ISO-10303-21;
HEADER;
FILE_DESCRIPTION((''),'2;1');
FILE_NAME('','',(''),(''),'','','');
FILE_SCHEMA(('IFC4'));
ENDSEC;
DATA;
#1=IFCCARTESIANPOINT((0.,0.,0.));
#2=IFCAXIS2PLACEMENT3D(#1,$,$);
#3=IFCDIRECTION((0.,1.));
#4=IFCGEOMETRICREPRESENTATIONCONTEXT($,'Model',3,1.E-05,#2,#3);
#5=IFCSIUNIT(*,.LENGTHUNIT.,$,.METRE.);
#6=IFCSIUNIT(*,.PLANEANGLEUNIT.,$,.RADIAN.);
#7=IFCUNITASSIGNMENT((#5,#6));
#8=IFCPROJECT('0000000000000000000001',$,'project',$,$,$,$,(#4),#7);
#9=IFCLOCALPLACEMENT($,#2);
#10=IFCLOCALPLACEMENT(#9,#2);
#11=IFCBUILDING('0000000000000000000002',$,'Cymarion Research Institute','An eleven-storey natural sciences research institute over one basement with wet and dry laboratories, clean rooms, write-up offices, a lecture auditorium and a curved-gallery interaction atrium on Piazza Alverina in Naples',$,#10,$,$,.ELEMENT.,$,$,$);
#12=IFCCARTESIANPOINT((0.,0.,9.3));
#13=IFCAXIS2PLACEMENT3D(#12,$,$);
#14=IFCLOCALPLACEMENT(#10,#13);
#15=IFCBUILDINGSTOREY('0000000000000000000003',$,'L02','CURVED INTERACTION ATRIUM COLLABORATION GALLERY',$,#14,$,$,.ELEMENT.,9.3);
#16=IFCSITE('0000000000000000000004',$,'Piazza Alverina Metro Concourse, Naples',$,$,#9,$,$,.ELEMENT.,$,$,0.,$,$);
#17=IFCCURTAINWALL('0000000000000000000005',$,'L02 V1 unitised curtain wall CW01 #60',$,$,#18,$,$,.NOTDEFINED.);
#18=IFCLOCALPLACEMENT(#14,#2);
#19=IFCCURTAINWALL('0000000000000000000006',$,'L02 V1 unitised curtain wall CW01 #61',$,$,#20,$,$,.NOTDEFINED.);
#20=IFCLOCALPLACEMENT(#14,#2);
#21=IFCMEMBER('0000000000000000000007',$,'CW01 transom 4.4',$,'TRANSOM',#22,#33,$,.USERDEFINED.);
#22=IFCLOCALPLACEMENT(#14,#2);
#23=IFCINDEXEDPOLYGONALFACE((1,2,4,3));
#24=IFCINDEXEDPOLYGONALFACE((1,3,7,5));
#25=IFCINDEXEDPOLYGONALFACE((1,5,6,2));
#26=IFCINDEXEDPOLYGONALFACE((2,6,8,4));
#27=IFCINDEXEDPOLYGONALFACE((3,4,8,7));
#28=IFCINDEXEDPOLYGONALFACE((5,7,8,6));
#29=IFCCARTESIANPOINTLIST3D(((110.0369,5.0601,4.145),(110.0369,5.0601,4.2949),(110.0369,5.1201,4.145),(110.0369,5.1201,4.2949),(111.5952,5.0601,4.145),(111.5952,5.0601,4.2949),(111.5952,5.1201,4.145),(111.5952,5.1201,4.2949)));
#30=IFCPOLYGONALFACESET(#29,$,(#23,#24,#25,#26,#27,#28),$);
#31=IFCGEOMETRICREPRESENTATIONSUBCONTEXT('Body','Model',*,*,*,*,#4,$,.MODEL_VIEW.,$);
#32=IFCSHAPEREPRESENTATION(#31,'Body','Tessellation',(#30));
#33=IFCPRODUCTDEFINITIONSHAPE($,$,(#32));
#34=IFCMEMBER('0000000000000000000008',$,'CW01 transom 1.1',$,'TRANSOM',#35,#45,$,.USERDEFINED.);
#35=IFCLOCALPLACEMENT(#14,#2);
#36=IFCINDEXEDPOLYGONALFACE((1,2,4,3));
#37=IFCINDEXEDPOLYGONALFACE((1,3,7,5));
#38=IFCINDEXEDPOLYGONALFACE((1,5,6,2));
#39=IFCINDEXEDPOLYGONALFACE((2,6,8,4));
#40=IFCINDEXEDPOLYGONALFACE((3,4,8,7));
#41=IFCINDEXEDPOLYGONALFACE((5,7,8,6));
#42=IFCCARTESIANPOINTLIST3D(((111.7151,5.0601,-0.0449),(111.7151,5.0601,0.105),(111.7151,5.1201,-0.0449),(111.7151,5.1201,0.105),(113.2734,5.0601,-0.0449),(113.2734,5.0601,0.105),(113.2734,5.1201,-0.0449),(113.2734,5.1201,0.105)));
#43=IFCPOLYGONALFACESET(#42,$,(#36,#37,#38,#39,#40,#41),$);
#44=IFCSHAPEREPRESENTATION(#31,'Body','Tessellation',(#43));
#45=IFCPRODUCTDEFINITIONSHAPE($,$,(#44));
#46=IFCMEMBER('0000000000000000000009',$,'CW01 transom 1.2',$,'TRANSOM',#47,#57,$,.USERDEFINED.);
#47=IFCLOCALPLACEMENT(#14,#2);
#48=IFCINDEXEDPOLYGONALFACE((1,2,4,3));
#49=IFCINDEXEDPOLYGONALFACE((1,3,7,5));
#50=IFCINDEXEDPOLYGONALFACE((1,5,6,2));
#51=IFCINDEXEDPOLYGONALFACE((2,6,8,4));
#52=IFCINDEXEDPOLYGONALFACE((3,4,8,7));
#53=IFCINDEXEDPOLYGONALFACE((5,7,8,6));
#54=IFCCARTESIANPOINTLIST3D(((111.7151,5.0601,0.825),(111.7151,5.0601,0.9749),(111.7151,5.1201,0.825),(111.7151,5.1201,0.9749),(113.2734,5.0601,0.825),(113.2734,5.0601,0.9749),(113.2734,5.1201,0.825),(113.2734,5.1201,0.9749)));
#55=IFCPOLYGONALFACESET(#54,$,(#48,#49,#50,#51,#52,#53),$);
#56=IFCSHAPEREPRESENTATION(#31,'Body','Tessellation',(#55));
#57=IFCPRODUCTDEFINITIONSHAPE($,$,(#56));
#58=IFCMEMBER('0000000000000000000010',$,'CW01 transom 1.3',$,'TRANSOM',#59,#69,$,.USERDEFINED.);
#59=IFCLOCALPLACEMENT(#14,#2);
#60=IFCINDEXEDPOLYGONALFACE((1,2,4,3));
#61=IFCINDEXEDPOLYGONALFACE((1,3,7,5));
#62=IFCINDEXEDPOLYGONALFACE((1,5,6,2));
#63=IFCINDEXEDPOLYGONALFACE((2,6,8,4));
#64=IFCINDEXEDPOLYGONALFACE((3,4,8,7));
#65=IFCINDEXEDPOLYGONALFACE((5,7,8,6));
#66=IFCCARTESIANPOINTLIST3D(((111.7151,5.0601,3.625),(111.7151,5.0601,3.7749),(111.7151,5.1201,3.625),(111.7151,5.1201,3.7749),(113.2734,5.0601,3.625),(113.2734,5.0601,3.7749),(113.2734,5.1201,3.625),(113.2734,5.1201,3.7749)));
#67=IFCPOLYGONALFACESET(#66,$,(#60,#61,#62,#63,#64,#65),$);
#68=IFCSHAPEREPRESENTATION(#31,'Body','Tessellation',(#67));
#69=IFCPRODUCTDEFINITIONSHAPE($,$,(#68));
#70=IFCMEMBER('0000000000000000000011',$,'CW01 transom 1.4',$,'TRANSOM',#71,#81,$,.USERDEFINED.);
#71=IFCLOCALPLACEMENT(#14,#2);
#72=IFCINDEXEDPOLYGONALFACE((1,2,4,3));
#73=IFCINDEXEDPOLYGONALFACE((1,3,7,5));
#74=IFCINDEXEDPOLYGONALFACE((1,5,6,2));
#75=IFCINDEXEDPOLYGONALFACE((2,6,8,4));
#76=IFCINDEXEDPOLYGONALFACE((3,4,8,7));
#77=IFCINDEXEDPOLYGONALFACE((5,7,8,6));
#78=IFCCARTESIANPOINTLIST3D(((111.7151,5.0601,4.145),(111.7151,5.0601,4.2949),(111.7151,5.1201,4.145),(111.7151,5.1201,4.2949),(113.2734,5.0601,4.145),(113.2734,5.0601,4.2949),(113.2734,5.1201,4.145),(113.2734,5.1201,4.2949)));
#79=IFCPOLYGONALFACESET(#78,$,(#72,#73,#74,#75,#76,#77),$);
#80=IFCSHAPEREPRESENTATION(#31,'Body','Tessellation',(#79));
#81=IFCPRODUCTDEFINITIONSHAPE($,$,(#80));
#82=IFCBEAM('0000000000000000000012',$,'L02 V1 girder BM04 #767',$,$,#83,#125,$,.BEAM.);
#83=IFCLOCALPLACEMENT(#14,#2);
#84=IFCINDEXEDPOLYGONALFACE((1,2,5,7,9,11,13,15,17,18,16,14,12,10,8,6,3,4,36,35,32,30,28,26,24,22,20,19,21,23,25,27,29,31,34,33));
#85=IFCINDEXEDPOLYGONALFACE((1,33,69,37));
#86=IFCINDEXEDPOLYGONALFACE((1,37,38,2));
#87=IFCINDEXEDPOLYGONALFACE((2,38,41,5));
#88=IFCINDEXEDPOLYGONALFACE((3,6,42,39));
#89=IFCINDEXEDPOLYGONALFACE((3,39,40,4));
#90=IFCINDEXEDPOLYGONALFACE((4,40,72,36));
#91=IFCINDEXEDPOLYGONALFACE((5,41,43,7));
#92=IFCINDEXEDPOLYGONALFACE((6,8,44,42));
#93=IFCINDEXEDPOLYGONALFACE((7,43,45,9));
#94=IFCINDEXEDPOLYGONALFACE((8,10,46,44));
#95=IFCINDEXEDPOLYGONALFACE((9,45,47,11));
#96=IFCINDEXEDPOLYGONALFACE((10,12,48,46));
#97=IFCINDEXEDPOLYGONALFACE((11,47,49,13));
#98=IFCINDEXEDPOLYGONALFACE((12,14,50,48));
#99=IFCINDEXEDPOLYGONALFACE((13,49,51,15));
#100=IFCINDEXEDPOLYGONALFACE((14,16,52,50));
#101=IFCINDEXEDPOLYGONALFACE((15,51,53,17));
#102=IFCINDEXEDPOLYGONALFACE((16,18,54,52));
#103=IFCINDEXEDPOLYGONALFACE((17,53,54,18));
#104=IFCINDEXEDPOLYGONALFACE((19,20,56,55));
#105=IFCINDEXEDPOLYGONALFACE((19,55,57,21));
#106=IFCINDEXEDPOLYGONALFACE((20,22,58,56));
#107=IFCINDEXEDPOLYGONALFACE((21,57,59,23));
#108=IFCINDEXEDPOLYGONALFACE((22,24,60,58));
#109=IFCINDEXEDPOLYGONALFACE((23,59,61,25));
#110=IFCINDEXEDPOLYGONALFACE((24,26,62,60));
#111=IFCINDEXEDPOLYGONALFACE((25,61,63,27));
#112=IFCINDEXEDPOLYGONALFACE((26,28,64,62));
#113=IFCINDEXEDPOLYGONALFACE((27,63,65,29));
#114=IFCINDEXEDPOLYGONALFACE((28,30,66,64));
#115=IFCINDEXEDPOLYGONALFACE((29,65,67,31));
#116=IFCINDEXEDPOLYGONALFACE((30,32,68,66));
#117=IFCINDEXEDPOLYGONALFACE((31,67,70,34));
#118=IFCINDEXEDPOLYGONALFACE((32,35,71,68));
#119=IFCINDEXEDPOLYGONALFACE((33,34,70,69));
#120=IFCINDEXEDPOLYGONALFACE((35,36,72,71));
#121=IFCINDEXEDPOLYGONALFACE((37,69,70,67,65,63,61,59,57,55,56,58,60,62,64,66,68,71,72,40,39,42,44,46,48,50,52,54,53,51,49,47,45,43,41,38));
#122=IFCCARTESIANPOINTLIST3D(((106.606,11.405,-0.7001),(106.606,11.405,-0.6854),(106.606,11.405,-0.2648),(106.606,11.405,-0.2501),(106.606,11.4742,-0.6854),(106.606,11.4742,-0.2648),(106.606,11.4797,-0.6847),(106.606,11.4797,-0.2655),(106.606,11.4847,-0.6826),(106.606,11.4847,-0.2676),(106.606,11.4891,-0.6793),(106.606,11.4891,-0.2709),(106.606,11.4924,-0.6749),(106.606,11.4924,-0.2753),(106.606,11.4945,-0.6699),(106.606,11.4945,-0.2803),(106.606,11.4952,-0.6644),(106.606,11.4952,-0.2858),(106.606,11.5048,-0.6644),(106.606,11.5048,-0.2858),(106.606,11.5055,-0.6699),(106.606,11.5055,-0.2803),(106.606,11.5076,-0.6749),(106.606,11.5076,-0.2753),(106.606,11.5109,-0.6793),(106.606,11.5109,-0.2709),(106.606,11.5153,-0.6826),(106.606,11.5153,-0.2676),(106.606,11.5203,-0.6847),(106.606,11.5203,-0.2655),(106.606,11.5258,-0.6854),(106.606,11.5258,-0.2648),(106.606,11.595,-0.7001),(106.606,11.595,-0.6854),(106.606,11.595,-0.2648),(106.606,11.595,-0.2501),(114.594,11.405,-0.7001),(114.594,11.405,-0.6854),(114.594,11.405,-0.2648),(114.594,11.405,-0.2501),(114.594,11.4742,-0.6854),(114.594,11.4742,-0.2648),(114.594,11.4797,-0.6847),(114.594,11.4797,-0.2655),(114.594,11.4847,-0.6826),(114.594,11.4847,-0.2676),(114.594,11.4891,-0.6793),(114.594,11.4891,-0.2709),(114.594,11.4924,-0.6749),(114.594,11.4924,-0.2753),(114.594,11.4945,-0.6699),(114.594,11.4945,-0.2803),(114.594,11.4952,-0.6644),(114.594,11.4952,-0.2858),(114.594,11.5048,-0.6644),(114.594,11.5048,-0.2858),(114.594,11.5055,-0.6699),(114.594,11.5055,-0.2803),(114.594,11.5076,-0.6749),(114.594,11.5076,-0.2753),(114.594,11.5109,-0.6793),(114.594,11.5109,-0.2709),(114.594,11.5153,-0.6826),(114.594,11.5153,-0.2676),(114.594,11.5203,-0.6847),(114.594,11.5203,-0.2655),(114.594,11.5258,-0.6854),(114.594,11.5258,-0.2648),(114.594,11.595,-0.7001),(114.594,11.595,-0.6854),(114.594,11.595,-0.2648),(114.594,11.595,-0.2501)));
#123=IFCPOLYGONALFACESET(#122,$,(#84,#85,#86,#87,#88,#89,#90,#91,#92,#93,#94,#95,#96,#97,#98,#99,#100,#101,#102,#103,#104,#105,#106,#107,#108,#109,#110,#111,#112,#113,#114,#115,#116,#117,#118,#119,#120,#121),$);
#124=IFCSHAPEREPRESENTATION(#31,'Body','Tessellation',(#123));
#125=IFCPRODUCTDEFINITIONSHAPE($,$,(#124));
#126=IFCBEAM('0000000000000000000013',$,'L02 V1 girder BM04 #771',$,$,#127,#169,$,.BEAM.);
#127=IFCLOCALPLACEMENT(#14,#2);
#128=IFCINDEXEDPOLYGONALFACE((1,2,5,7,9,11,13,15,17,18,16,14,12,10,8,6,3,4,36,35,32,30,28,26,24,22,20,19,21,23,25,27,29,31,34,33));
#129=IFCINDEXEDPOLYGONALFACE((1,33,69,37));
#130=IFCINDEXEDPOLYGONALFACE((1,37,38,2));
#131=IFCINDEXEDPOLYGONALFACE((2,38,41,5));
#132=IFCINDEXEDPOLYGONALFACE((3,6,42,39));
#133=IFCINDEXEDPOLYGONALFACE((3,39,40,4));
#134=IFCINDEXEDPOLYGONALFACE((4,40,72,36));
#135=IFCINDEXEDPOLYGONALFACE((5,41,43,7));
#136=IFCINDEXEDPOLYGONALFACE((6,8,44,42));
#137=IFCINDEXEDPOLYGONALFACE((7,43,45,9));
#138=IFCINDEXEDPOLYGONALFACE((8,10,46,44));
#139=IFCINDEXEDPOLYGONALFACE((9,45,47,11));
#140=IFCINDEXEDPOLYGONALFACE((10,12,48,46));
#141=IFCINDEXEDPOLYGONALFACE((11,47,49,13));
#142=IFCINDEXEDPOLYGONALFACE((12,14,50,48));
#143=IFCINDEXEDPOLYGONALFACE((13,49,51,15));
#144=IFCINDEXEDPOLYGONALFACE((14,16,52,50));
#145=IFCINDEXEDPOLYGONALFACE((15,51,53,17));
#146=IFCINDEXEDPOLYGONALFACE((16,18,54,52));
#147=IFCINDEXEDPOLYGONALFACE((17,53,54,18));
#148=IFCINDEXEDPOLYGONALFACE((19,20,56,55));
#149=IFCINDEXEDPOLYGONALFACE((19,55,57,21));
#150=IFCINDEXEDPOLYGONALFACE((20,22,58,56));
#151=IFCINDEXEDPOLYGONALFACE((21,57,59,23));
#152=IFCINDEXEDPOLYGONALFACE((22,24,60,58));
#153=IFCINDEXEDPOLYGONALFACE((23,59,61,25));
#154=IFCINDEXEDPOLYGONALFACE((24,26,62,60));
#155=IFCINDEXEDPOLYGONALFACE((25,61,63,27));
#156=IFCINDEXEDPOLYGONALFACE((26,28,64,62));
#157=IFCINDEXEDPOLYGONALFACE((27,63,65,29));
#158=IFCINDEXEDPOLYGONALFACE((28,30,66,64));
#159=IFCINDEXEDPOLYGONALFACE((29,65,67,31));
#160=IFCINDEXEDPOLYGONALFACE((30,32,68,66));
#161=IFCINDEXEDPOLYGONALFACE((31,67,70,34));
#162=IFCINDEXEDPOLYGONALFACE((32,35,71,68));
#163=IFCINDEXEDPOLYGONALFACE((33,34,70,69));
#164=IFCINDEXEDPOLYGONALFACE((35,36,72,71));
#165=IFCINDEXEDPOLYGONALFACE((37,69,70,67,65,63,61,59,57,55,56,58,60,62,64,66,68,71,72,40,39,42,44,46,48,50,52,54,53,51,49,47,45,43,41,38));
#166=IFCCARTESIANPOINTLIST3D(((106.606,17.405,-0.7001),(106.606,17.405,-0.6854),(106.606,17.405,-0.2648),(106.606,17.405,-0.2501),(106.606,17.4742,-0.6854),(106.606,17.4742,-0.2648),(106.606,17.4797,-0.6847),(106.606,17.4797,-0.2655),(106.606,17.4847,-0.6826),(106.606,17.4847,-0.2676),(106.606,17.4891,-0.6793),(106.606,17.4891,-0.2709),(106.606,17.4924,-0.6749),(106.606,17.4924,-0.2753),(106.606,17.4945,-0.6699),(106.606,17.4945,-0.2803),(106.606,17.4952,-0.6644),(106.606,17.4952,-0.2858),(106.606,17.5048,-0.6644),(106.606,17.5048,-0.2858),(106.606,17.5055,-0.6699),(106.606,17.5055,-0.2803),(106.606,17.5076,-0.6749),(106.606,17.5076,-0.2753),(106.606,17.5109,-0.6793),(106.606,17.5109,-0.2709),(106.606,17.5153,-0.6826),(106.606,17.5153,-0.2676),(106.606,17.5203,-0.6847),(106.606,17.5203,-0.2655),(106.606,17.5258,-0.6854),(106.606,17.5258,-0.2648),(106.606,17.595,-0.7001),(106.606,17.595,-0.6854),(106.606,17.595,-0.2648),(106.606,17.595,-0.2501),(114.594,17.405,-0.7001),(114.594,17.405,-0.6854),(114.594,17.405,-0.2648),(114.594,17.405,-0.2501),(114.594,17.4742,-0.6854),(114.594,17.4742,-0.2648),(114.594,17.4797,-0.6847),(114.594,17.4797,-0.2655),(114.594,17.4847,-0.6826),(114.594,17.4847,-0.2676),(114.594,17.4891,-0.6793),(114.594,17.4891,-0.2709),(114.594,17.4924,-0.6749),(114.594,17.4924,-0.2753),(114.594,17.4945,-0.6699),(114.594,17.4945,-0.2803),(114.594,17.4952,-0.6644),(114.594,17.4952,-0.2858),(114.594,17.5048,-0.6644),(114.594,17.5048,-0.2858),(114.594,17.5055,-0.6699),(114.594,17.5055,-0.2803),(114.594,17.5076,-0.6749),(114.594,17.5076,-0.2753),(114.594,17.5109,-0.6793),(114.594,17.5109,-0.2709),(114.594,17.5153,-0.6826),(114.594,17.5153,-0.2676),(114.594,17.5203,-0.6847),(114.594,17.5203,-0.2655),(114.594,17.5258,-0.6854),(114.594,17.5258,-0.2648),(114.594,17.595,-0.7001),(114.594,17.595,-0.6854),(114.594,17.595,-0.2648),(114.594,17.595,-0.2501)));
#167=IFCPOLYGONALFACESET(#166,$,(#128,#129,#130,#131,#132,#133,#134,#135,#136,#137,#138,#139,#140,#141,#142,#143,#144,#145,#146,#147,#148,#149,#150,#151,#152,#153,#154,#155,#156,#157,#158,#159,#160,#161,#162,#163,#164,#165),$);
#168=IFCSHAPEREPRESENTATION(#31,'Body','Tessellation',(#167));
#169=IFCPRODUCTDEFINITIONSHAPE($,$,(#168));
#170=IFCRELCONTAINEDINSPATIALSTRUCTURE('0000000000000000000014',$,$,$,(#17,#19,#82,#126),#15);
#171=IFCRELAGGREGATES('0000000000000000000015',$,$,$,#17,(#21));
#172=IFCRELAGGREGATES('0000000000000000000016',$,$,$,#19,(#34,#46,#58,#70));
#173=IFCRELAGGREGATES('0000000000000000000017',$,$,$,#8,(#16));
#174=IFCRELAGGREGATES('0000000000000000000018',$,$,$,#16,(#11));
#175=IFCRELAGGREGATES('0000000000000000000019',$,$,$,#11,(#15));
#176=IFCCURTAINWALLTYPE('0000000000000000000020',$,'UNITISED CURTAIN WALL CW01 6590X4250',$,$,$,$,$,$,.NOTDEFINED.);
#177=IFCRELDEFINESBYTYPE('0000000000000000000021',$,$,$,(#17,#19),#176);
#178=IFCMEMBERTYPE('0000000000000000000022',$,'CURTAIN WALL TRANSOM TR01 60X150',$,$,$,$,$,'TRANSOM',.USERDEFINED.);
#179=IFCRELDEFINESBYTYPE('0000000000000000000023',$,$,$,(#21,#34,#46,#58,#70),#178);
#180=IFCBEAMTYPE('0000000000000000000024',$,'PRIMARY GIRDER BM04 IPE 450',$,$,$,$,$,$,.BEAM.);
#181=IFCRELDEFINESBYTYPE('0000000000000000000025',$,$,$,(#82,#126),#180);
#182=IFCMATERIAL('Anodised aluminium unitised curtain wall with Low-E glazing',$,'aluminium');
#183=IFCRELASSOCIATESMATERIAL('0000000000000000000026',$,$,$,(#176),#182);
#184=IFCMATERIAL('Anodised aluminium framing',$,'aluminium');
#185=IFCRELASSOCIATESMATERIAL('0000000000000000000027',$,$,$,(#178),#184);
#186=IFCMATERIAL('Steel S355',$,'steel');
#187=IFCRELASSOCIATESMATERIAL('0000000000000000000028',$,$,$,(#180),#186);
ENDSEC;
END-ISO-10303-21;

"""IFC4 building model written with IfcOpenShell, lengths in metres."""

from ifc_helpers import new_model, si_unit, direction, frame, origin, origin_2d, place, context, subcontext, project, spatial, rectangle, i_section, extrude, material, material_profile, profile_set, type_object, element, aggregate, save


model = new_model("IFC4")

# Units and contexts
model_context = context("Model", 3, precision=1e-05, world=origin(), true_north=direction((0.0, 1.0)))
body_context = subcontext(model_context, "Body", "Model", "MODEL_VIEW")
ifc_project = project(units=[si_unit("LENGTHUNIT", "METRE"), si_unit("PLANEANGLEUNIT", "RADIAN")], contexts=[model_context])

# Site, building, storey
site_placement = place(None, origin())
site = spatial("IfcSite", under=ifc_project, at=site_placement, Name="Piazza Alverina Metro Concourse, Naples", CompositionType="ELEMENT", RefElevation=0.0)
building_placement = place(site_placement, origin())
building = spatial("IfcBuilding", under=site, at=building_placement, Name="Cymarion Research Institute", Description="An eleven-storey natural sciences research institute over one basement with wet and dry laboratories, clean rooms, write-up offices, a lecture auditorium and a curved-gallery interaction atrium on Piazza Alverina in Naples", CompositionType="ELEMENT")
storey_placement = place(building_placement, frame((0.0, 0.0, 9.3)))
storey = spatial("IfcBuildingStorey", under=building, at=storey_placement, Name="L02", Description="CURVED INTERACTION ATRIUM COLLABORATION GALLERY", CompositionType="ELEMENT", Elevation=9.3)

# Shared definitions
ifc_material_1 = material(Name="Steel S355", Category="steel")

# Curtain walls
ifc_material_2 = material(Name="Anodised aluminium unitised curtain wall with Low-E glazing", Category="aluminium")
curtain_wall_type = type_object("IfcCurtainWallType", Name="UNITISED CURTAIN WALL CW01 6590X4250", PredefinedType="NOTDEFINED", material=ifc_material_2)
curtain_wall_1_placement = place(storey_placement, origin())
curtain_wall_1 = element("IfcCurtainWall", 1, at=curtain_wall_1_placement, inside=storey, type_object=curtain_wall_type, Name="L02 V1 unitised curtain wall CW01 #60", PredefinedType="NOTDEFINED")
ifc_material_3 = material(Name="Anodised aluminium framing", Category="aluminium")
curtain_wall_2_placement = place(storey_placement, origin())
curtain_wall_2 = element("IfcCurtainWall", 2, at=curtain_wall_2_placement, inside=storey, type_object=curtain_wall_type, Name="L02 V1 unitised curtain wall CW01 #61", PredefinedType="NOTDEFINED")

# Members
ifc_material_profile_1 = material_profile(ifc_material_3, rectangle(XDim=0.0601, YDim=0.1499, at=origin_2d()), Name="ALU TRANSOM 60x150")
ifc_profile_set_1 = profile_set([ifc_material_profile_1], Name="Anodised aluminium framing")
member_type_1 = type_object("IfcMemberType", Name="CURTAIN WALL TRANSOM TR01 60X150", ElementType="TRANSOM", PredefinedType="USERDEFINED", material=ifc_profile_set_1)
member_1_placement = place(storey_placement, frame((110.0369, 5.0901, 4.22), z_axis=(1.0, 0.0, 0.0), x_axis=(0.0, 1.0, 0.0)))
member_1 = element("IfcMember", 3, at=member_1_placement, type_object=member_type_1, Name="CW01 transom 4.4", ObjectType="TRANSOM", PredefinedType="USERDEFINED", context=body_context, shape_type="SweptSolid", body=[
    extrude(rectangle(XDim=0.0601, YDim=0.1499, at=origin_2d()), origin(), (0.0, 0.0, 1.0), 1.5583),
])
member_2_placement = place(storey_placement, frame((111.7151, 5.0901, 0.03), z_axis=(1.0, 0.0, 0.0), x_axis=(0.0, 1.0, 0.0)))
member_2 = element("IfcMember", 4, at=member_2_placement, type_object=member_type_1, Name="CW01 transom 1.1", ObjectType="TRANSOM", PredefinedType="USERDEFINED", context=body_context, shape_type="SweptSolid", body=[
    extrude(rectangle(XDim=0.0601, YDim=0.1499, at=origin_2d()), origin(), (0.0, 0.0, 1.0), 1.5583),
])
member_3_placement = place(storey_placement, frame((111.7151, 5.0901, 0.8999), z_axis=(1.0, 0.0, 0.0), x_axis=(0.0, 1.0, 0.0)))
member_3 = element("IfcMember", 5, at=member_3_placement, type_object=member_type_1, Name="CW01 transom 1.2", ObjectType="TRANSOM", PredefinedType="USERDEFINED", context=body_context, shape_type="SweptSolid", body=[
    extrude(rectangle(XDim=0.0601, YDim=0.1499, at=origin_2d()), origin(), (0.0, 0.0, 1.0), 1.5583),
])
member_4_placement = place(storey_placement, frame((111.7151, 5.0901, 3.7), z_axis=(1.0, 0.0, 0.0), x_axis=(0.0, 1.0, 0.0)))
member_4 = element("IfcMember", 6, at=member_4_placement, type_object=member_type_1, Name="CW01 transom 1.3", ObjectType="TRANSOM", PredefinedType="USERDEFINED", context=body_context, shape_type="SweptSolid", body=[
    extrude(rectangle(XDim=0.0601, YDim=0.1499, at=origin_2d()), origin(), (0.0, 0.0, 1.0), 1.5583),
])
member_5_placement = place(storey_placement, frame((111.7151, 5.0901, 4.22), z_axis=(1.0, 0.0, 0.0), x_axis=(0.0, 1.0, 0.0)))
member_5 = element("IfcMember", 7, at=member_5_placement, type_object=member_type_1, Name="CW01 transom 1.4", ObjectType="TRANSOM", PredefinedType="USERDEFINED", context=body_context, shape_type="SweptSolid", body=[
    extrude(rectangle(XDim=0.0601, YDim=0.1499, at=origin_2d()), origin(), (0.0, 0.0, 1.0), 1.5583),
])

# Beams
ifc_material_profile_2 = material_profile(ifc_material_1, i_section(OverallWidth=0.1899, OverallDepth=0.45, WebThickness=0.0095, FlangeThickness=0.0146, FilletRadius=0.021, at=origin_2d()), Name="IPE 450")
ifc_profile_set_2 = profile_set([ifc_material_profile_2], Name="Steel S355")
beam_type_1 = type_object("IfcBeamType", Name="PRIMARY GIRDER BM04 IPE 450", PredefinedType="BEAM", material=ifc_profile_set_2)
for number, where, z_axis, x_axis, name in (
    (8, (106.606, 11.5, -0.4751), (1.0, 0.0, 0.0), (0.0, 1.0, 0.0), "L02 V1 girder BM04 #767"),
    (9, (106.606, 17.5, -0.4751), (1.0, 0.0, 0.0), (0.0, 1.0, 0.0), "L02 V1 girder BM04 #771"),
):
    element("IfcBeam", number, at=place(storey_placement, frame(where, z_axis=z_axis, x_axis=x_axis)), inside=storey, type_object=beam_type_1, Name=name, PredefinedType="BEAM", context=body_context, shape_type="SweptSolid", body=[
        extrude(i_section(OverallWidth=0.1899, OverallDepth=0.45, WebThickness=0.0095, FlangeThickness=0.0146, FilletRadius=0.021, at=origin_2d()), origin(), (0.0, 0.0, 1.0), 7.988),
    ])

aggregate(curtain_wall_1, [member_1])
aggregate(curtain_wall_2, [member_2, member_3, member_4, member_5])

save(model, "model.ifc")
